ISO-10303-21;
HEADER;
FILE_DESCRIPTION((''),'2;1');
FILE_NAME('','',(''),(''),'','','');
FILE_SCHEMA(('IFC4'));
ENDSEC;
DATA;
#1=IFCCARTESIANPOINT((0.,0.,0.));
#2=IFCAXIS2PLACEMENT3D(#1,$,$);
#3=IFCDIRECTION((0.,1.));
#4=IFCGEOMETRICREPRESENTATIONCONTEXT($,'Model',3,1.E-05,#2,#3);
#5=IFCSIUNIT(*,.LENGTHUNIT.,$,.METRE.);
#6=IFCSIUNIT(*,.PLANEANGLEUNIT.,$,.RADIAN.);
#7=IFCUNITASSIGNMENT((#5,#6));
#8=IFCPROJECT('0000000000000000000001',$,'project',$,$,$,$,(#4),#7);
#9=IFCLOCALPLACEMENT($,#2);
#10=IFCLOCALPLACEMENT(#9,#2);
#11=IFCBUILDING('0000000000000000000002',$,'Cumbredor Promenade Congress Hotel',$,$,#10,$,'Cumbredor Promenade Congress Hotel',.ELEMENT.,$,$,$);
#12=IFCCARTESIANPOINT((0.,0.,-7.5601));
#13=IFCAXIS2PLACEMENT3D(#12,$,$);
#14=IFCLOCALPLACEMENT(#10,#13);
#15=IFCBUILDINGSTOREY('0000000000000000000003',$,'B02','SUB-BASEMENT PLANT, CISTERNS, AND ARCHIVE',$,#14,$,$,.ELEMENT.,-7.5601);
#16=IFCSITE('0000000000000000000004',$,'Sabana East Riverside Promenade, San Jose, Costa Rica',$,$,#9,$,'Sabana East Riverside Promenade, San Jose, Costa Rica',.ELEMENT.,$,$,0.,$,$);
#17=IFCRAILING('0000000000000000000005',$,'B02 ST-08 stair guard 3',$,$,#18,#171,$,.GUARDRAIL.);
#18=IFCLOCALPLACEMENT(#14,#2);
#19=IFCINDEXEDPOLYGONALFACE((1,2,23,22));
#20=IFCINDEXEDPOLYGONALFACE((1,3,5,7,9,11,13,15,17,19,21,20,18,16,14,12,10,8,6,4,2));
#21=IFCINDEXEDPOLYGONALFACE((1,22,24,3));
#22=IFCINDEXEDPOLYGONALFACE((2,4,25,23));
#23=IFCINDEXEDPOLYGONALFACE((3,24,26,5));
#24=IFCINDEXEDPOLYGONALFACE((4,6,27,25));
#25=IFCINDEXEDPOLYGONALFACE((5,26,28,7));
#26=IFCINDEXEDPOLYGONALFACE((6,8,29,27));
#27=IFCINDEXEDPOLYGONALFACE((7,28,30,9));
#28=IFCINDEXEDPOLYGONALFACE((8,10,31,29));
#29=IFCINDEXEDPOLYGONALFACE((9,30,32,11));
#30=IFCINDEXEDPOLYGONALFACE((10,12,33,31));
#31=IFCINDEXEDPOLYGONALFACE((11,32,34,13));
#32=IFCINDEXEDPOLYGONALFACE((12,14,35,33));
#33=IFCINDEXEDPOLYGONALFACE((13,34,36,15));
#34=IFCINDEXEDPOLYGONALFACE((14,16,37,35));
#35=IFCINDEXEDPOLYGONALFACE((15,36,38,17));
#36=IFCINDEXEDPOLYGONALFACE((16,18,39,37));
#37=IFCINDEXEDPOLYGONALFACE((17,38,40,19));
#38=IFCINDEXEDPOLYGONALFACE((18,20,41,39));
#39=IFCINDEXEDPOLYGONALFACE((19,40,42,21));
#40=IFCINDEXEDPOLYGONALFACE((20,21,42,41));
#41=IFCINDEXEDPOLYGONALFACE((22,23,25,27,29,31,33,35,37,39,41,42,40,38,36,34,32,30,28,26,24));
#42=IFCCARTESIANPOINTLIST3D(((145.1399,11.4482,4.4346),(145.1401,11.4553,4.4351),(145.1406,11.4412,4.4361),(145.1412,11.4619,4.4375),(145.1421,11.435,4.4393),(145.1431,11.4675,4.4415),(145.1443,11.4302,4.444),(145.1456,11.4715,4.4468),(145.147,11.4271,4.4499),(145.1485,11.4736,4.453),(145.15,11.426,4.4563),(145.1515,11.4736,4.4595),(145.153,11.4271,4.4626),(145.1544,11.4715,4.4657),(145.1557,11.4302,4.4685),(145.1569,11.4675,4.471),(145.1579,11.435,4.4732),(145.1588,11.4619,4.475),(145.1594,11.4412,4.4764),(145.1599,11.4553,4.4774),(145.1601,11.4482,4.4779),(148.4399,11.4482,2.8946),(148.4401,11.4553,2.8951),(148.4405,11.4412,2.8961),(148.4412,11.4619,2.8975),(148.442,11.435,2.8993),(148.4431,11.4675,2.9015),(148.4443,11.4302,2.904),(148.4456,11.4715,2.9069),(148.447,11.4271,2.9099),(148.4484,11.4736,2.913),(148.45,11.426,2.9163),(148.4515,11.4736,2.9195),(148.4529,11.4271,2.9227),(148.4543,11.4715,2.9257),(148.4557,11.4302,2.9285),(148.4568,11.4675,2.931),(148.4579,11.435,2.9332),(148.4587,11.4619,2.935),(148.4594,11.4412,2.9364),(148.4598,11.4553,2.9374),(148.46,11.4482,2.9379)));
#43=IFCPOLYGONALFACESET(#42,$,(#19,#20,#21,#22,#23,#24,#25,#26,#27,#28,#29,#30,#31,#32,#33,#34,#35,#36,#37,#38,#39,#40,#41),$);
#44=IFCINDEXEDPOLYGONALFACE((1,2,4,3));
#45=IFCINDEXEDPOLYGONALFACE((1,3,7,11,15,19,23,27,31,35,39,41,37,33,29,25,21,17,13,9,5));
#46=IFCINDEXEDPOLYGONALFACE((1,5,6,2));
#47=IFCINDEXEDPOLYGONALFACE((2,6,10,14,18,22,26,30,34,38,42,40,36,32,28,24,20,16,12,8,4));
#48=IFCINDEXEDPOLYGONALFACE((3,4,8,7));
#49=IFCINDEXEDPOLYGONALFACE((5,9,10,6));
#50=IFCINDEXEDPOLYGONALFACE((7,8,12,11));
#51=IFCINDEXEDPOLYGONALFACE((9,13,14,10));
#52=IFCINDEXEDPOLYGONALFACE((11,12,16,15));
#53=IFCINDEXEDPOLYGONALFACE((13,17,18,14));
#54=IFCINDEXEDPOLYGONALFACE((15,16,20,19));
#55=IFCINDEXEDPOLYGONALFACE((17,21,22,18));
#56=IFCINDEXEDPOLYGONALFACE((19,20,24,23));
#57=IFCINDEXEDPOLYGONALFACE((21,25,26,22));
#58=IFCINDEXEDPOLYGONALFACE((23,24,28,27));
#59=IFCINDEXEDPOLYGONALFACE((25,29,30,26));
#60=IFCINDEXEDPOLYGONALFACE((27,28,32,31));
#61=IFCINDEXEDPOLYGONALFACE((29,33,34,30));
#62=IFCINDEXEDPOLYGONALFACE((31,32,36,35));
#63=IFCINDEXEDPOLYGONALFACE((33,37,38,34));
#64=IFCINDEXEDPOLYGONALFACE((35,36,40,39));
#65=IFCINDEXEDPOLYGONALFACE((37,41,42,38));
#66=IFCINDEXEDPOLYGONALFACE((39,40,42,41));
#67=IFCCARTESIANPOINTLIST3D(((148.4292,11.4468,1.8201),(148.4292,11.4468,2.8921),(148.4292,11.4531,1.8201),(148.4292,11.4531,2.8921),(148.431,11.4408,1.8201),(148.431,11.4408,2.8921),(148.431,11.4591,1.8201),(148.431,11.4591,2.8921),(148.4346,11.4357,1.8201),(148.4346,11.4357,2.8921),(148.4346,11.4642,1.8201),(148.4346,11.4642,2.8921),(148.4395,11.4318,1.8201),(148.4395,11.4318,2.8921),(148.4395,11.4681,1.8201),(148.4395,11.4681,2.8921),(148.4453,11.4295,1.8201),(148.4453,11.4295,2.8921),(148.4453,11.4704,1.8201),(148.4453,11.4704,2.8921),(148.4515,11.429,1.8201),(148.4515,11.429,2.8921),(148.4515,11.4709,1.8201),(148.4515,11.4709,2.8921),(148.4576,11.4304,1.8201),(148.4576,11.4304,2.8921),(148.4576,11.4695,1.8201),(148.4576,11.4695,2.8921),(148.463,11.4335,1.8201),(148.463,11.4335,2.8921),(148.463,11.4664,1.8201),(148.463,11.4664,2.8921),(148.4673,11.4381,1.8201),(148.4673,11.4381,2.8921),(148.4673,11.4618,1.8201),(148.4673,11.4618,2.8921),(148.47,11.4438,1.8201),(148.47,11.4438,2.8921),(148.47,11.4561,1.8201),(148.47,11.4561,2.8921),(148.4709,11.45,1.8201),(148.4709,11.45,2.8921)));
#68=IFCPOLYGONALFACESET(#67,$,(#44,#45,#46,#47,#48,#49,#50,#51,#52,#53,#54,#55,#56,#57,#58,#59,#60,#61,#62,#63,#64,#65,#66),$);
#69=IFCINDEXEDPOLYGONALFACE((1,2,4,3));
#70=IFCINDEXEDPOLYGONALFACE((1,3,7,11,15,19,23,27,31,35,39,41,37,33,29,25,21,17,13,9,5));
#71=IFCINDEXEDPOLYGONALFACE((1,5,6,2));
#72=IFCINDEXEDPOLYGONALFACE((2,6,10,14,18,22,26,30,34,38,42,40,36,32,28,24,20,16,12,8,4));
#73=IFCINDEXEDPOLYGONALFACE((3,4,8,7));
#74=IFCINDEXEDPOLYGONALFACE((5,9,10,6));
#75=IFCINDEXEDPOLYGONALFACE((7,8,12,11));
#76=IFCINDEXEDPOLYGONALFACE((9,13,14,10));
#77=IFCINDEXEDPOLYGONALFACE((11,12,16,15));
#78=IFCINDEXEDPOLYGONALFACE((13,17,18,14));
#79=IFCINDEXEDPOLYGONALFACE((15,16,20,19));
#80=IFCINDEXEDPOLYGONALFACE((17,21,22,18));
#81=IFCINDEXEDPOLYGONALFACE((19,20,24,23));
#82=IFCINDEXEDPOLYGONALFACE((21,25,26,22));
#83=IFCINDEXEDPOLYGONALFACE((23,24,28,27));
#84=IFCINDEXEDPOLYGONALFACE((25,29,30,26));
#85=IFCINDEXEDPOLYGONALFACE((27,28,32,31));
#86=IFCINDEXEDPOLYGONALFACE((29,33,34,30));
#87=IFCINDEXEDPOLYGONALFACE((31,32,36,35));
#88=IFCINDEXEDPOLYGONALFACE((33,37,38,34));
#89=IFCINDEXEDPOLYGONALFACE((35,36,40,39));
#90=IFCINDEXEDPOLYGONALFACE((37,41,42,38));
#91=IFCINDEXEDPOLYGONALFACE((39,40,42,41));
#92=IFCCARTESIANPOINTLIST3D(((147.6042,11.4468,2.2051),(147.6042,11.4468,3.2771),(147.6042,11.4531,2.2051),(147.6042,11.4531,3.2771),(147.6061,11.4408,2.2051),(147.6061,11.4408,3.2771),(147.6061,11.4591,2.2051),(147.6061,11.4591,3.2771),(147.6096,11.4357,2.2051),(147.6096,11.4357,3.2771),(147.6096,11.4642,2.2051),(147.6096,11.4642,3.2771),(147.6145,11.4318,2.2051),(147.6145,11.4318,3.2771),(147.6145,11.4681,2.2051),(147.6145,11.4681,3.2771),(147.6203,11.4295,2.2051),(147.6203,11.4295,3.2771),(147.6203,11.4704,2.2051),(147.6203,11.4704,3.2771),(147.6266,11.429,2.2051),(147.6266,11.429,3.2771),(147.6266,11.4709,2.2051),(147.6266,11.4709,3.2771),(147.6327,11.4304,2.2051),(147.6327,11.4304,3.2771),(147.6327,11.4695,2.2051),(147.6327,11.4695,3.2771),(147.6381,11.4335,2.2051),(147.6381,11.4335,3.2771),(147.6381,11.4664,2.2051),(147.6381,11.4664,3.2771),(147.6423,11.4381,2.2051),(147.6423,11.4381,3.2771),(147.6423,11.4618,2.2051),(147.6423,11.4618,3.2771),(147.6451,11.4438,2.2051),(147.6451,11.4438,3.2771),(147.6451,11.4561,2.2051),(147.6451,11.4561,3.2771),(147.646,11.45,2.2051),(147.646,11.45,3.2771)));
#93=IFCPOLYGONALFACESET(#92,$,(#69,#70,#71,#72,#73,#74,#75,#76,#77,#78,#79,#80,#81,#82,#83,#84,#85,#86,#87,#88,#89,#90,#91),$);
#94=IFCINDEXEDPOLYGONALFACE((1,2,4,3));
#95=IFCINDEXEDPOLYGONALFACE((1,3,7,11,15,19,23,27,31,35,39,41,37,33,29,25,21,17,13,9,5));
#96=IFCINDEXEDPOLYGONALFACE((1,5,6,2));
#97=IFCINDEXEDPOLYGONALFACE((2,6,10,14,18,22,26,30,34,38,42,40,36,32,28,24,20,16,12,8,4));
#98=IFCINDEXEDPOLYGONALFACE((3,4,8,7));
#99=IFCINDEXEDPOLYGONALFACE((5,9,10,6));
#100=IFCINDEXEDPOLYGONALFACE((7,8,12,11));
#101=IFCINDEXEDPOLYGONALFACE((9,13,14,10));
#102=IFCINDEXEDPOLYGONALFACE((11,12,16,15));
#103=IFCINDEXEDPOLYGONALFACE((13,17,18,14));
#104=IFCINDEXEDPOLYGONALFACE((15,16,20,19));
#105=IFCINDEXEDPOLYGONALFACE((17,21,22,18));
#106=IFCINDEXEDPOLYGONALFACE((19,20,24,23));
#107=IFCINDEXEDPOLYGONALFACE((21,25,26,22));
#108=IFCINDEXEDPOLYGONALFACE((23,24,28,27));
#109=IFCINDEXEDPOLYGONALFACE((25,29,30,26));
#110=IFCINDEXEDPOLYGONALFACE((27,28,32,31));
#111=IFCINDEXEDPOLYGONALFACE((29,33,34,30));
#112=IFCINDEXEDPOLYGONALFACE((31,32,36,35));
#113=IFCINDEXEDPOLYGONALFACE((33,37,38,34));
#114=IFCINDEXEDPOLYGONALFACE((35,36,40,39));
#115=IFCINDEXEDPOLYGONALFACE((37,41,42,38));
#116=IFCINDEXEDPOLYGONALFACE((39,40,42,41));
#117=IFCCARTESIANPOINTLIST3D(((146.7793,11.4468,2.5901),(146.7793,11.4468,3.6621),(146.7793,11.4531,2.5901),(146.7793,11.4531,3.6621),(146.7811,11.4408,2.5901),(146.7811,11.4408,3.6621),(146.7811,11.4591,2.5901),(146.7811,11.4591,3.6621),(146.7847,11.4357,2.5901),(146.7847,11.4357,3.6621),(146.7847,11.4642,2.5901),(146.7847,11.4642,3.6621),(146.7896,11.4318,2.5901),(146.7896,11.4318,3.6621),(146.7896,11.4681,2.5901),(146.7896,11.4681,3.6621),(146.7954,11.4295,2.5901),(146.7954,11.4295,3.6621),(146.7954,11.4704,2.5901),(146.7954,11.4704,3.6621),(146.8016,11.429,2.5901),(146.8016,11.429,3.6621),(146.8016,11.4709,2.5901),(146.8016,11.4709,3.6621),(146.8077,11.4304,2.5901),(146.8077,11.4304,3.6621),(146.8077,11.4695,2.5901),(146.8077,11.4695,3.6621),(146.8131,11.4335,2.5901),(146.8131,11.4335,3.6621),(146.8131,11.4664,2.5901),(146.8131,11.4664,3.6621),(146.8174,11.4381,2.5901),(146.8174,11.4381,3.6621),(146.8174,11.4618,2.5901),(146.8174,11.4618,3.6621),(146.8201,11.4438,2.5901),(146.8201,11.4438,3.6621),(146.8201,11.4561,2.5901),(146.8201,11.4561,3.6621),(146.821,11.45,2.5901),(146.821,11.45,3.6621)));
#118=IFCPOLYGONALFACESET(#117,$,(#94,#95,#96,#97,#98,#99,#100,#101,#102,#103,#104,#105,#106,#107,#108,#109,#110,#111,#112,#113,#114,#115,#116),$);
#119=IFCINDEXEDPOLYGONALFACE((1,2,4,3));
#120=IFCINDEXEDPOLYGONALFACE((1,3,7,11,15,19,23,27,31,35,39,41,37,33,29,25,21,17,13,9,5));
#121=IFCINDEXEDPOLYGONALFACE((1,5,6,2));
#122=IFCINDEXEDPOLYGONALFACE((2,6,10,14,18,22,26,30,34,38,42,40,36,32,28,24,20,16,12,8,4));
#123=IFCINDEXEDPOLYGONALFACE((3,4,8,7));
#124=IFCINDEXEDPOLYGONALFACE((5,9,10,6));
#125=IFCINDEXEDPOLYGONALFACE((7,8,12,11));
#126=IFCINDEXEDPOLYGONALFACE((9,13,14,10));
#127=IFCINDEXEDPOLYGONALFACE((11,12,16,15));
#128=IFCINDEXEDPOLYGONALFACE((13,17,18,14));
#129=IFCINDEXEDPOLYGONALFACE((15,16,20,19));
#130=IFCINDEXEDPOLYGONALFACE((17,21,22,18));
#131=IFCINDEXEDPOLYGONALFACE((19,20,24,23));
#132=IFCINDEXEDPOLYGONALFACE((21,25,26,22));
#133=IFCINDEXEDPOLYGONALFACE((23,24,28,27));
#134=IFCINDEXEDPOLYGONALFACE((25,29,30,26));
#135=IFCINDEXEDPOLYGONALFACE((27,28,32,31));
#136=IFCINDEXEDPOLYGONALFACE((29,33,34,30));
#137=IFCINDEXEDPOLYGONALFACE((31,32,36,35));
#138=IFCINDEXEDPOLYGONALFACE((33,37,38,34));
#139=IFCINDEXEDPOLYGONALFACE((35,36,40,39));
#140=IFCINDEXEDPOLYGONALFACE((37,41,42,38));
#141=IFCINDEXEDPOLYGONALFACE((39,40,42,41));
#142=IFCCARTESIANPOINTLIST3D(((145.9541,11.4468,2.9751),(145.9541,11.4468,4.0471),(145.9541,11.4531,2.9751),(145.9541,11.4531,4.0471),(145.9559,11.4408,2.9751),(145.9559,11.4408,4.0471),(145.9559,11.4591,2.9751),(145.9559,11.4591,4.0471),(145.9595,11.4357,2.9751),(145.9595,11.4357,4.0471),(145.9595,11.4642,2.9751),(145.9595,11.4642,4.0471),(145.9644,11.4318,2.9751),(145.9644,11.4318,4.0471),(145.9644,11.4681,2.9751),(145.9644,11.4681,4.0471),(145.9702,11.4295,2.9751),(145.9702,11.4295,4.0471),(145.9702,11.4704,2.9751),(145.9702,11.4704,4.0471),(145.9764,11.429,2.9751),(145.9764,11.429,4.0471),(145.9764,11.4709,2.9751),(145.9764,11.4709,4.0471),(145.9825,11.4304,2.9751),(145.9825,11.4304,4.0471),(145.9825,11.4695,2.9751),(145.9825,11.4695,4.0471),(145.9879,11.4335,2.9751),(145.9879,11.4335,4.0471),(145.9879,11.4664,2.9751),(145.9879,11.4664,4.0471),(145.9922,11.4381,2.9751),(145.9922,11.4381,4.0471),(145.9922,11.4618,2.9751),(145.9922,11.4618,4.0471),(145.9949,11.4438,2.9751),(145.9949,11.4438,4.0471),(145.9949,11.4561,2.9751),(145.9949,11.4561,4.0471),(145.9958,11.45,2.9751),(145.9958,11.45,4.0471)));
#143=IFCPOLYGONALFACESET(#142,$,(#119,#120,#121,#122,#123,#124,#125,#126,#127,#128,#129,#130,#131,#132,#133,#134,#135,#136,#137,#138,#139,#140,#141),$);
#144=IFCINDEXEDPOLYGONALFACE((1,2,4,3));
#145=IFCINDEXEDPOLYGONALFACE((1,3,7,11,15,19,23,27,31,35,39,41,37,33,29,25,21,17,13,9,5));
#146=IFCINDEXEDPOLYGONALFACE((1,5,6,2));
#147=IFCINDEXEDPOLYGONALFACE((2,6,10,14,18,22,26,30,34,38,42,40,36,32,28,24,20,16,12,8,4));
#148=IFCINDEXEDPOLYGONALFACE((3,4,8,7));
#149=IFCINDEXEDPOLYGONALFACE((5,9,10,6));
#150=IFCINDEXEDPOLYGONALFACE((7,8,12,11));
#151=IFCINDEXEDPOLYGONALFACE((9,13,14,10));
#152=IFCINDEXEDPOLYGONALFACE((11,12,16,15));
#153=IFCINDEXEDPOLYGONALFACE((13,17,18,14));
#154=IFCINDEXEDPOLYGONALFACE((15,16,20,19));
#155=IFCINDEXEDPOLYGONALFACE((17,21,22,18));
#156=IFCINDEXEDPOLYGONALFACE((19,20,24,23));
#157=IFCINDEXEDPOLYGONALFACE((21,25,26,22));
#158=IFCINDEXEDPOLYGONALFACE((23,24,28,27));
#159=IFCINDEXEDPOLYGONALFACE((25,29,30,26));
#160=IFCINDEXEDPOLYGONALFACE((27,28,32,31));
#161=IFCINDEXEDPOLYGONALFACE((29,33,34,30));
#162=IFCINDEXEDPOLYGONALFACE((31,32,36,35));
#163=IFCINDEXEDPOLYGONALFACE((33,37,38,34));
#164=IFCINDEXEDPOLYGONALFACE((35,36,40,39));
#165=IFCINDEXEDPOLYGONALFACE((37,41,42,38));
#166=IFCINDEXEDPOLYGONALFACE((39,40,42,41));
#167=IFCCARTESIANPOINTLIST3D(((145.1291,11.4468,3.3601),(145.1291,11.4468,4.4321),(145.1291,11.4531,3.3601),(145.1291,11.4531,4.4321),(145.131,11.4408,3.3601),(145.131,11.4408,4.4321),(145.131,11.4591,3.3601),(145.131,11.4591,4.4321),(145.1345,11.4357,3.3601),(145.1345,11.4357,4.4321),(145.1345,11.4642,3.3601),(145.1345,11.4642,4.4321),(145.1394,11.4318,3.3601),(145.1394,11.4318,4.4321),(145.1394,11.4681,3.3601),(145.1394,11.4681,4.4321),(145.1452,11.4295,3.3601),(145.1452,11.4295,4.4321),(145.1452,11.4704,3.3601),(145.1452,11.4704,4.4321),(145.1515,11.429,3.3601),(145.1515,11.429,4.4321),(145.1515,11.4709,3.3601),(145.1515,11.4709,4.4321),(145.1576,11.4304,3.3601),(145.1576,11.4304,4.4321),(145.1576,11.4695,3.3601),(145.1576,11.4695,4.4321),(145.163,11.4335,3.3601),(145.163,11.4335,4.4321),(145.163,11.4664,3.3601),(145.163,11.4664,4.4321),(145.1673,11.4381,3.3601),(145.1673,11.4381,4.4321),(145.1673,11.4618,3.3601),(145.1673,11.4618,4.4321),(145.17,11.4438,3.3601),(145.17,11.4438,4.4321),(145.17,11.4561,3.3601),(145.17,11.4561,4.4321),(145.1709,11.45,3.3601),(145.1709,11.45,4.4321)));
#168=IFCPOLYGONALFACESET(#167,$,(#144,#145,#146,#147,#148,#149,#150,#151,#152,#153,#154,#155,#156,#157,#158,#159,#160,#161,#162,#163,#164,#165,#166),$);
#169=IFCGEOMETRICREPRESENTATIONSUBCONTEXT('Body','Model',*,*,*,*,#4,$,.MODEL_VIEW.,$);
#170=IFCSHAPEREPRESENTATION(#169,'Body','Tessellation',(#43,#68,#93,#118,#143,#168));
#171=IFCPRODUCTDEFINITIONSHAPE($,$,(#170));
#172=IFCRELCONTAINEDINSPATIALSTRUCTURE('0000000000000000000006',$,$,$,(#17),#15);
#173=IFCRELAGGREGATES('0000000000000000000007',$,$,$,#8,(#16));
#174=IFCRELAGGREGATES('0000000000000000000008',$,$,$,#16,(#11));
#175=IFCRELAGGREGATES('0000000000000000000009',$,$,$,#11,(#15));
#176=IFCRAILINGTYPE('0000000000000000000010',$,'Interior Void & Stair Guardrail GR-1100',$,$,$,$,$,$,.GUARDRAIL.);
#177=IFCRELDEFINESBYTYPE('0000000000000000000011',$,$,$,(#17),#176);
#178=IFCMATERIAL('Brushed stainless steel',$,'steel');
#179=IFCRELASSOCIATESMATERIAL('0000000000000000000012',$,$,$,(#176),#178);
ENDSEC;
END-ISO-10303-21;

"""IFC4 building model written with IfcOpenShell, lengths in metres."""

from ifc_helpers import new_model, si_unit, direction, frame, origin, origin_2d, place, context, subcontext, project, spatial, circle, extrude, material, type_object, element, save


model = new_model("IFC4")

# Units and contexts
model_context = context("Model", 3, precision=1e-05, world=origin(), true_north=direction((0.0, 1.0)))
body_context = subcontext(model_context, "Body", "Model", "MODEL_VIEW")
ifc_project = project(units=[si_unit("LENGTHUNIT", "METRE"), si_unit("PLANEANGLEUNIT", "RADIAN")], contexts=[model_context])

# Site, building, storey
site_placement = place(None, origin())
site = spatial("IfcSite", under=ifc_project, at=site_placement, Name="Sabana East Riverside Promenade, San Jose, Costa Rica", LongName="Sabana East Riverside Promenade, San Jose, Costa Rica", CompositionType="ELEMENT", RefElevation=0.0)
building_placement = place(site_placement, origin())
building = spatial("IfcBuilding", under=site, at=building_placement, Name="Cumbredor Promenade Congress Hotel", LongName="Cumbredor Promenade Congress Hotel", CompositionType="ELEMENT")
storey_placement = place(building_placement, frame((0.0, 0.0, -7.5601)))
storey = spatial("IfcBuildingStorey", under=building, at=storey_placement, Name="B02", Description="SUB-BASEMENT PLANT, CISTERNS, AND ARCHIVE", CompositionType="ELEMENT", Elevation=-7.5601)

# Railing
ifc_material_1 = material(Name="Brushed stainless steel", Category="steel")
railing_type_1 = type_object("IfcRailingType", Name="Interior Void & Stair Guardrail GR-1100", PredefinedType="GUARDRAIL", material=ifc_material_1)
railing_1_placement = place(storey_placement, frame((148.45, 11.45, 1.8201)))
element("IfcRailing", 1, at=railing_1_placement, inside=storey, type_object=railing_type_1, Name="B02 ST-08 stair guard 3", PredefinedType="GUARDRAIL", context=body_context, shape_type="SweptSolid", body=[
    extrude(circle(Radius=0.0239, at=origin_2d()), frame((0.0, 0.0, 1.0962), z_axis=(-0.906181, 0.0, 0.422889), x_axis=(0.0, -1.0, 0.0)), (0.0, 0.0, 1.0), 3.6416),
    extrude(circle(Radius=0.021, at=origin_2d()), origin(), (0.0, 0.0, 1.0), 1.072),
    extrude(circle(Radius=0.021, at=origin_2d()), frame((-0.825, 0.0, 0.385)), (0.0, 0.0, 1.0), 1.072),
    extrude(circle(Radius=0.021, at=origin_2d()), frame((-1.6499, 0.0, 0.77)), (0.0, 0.0, 1.0), 1.072),
    extrude(circle(Radius=0.021, at=origin_2d()), frame((-2.4751, 0.0, 1.155)), (0.0, 0.0, 1.0), 1.072),
    extrude(circle(Radius=0.021, at=origin_2d()), frame((-3.3, 0.0, 1.54)), (0.0, 0.0, 1.0), 1.072),
])

save(model, "model.ifc")
